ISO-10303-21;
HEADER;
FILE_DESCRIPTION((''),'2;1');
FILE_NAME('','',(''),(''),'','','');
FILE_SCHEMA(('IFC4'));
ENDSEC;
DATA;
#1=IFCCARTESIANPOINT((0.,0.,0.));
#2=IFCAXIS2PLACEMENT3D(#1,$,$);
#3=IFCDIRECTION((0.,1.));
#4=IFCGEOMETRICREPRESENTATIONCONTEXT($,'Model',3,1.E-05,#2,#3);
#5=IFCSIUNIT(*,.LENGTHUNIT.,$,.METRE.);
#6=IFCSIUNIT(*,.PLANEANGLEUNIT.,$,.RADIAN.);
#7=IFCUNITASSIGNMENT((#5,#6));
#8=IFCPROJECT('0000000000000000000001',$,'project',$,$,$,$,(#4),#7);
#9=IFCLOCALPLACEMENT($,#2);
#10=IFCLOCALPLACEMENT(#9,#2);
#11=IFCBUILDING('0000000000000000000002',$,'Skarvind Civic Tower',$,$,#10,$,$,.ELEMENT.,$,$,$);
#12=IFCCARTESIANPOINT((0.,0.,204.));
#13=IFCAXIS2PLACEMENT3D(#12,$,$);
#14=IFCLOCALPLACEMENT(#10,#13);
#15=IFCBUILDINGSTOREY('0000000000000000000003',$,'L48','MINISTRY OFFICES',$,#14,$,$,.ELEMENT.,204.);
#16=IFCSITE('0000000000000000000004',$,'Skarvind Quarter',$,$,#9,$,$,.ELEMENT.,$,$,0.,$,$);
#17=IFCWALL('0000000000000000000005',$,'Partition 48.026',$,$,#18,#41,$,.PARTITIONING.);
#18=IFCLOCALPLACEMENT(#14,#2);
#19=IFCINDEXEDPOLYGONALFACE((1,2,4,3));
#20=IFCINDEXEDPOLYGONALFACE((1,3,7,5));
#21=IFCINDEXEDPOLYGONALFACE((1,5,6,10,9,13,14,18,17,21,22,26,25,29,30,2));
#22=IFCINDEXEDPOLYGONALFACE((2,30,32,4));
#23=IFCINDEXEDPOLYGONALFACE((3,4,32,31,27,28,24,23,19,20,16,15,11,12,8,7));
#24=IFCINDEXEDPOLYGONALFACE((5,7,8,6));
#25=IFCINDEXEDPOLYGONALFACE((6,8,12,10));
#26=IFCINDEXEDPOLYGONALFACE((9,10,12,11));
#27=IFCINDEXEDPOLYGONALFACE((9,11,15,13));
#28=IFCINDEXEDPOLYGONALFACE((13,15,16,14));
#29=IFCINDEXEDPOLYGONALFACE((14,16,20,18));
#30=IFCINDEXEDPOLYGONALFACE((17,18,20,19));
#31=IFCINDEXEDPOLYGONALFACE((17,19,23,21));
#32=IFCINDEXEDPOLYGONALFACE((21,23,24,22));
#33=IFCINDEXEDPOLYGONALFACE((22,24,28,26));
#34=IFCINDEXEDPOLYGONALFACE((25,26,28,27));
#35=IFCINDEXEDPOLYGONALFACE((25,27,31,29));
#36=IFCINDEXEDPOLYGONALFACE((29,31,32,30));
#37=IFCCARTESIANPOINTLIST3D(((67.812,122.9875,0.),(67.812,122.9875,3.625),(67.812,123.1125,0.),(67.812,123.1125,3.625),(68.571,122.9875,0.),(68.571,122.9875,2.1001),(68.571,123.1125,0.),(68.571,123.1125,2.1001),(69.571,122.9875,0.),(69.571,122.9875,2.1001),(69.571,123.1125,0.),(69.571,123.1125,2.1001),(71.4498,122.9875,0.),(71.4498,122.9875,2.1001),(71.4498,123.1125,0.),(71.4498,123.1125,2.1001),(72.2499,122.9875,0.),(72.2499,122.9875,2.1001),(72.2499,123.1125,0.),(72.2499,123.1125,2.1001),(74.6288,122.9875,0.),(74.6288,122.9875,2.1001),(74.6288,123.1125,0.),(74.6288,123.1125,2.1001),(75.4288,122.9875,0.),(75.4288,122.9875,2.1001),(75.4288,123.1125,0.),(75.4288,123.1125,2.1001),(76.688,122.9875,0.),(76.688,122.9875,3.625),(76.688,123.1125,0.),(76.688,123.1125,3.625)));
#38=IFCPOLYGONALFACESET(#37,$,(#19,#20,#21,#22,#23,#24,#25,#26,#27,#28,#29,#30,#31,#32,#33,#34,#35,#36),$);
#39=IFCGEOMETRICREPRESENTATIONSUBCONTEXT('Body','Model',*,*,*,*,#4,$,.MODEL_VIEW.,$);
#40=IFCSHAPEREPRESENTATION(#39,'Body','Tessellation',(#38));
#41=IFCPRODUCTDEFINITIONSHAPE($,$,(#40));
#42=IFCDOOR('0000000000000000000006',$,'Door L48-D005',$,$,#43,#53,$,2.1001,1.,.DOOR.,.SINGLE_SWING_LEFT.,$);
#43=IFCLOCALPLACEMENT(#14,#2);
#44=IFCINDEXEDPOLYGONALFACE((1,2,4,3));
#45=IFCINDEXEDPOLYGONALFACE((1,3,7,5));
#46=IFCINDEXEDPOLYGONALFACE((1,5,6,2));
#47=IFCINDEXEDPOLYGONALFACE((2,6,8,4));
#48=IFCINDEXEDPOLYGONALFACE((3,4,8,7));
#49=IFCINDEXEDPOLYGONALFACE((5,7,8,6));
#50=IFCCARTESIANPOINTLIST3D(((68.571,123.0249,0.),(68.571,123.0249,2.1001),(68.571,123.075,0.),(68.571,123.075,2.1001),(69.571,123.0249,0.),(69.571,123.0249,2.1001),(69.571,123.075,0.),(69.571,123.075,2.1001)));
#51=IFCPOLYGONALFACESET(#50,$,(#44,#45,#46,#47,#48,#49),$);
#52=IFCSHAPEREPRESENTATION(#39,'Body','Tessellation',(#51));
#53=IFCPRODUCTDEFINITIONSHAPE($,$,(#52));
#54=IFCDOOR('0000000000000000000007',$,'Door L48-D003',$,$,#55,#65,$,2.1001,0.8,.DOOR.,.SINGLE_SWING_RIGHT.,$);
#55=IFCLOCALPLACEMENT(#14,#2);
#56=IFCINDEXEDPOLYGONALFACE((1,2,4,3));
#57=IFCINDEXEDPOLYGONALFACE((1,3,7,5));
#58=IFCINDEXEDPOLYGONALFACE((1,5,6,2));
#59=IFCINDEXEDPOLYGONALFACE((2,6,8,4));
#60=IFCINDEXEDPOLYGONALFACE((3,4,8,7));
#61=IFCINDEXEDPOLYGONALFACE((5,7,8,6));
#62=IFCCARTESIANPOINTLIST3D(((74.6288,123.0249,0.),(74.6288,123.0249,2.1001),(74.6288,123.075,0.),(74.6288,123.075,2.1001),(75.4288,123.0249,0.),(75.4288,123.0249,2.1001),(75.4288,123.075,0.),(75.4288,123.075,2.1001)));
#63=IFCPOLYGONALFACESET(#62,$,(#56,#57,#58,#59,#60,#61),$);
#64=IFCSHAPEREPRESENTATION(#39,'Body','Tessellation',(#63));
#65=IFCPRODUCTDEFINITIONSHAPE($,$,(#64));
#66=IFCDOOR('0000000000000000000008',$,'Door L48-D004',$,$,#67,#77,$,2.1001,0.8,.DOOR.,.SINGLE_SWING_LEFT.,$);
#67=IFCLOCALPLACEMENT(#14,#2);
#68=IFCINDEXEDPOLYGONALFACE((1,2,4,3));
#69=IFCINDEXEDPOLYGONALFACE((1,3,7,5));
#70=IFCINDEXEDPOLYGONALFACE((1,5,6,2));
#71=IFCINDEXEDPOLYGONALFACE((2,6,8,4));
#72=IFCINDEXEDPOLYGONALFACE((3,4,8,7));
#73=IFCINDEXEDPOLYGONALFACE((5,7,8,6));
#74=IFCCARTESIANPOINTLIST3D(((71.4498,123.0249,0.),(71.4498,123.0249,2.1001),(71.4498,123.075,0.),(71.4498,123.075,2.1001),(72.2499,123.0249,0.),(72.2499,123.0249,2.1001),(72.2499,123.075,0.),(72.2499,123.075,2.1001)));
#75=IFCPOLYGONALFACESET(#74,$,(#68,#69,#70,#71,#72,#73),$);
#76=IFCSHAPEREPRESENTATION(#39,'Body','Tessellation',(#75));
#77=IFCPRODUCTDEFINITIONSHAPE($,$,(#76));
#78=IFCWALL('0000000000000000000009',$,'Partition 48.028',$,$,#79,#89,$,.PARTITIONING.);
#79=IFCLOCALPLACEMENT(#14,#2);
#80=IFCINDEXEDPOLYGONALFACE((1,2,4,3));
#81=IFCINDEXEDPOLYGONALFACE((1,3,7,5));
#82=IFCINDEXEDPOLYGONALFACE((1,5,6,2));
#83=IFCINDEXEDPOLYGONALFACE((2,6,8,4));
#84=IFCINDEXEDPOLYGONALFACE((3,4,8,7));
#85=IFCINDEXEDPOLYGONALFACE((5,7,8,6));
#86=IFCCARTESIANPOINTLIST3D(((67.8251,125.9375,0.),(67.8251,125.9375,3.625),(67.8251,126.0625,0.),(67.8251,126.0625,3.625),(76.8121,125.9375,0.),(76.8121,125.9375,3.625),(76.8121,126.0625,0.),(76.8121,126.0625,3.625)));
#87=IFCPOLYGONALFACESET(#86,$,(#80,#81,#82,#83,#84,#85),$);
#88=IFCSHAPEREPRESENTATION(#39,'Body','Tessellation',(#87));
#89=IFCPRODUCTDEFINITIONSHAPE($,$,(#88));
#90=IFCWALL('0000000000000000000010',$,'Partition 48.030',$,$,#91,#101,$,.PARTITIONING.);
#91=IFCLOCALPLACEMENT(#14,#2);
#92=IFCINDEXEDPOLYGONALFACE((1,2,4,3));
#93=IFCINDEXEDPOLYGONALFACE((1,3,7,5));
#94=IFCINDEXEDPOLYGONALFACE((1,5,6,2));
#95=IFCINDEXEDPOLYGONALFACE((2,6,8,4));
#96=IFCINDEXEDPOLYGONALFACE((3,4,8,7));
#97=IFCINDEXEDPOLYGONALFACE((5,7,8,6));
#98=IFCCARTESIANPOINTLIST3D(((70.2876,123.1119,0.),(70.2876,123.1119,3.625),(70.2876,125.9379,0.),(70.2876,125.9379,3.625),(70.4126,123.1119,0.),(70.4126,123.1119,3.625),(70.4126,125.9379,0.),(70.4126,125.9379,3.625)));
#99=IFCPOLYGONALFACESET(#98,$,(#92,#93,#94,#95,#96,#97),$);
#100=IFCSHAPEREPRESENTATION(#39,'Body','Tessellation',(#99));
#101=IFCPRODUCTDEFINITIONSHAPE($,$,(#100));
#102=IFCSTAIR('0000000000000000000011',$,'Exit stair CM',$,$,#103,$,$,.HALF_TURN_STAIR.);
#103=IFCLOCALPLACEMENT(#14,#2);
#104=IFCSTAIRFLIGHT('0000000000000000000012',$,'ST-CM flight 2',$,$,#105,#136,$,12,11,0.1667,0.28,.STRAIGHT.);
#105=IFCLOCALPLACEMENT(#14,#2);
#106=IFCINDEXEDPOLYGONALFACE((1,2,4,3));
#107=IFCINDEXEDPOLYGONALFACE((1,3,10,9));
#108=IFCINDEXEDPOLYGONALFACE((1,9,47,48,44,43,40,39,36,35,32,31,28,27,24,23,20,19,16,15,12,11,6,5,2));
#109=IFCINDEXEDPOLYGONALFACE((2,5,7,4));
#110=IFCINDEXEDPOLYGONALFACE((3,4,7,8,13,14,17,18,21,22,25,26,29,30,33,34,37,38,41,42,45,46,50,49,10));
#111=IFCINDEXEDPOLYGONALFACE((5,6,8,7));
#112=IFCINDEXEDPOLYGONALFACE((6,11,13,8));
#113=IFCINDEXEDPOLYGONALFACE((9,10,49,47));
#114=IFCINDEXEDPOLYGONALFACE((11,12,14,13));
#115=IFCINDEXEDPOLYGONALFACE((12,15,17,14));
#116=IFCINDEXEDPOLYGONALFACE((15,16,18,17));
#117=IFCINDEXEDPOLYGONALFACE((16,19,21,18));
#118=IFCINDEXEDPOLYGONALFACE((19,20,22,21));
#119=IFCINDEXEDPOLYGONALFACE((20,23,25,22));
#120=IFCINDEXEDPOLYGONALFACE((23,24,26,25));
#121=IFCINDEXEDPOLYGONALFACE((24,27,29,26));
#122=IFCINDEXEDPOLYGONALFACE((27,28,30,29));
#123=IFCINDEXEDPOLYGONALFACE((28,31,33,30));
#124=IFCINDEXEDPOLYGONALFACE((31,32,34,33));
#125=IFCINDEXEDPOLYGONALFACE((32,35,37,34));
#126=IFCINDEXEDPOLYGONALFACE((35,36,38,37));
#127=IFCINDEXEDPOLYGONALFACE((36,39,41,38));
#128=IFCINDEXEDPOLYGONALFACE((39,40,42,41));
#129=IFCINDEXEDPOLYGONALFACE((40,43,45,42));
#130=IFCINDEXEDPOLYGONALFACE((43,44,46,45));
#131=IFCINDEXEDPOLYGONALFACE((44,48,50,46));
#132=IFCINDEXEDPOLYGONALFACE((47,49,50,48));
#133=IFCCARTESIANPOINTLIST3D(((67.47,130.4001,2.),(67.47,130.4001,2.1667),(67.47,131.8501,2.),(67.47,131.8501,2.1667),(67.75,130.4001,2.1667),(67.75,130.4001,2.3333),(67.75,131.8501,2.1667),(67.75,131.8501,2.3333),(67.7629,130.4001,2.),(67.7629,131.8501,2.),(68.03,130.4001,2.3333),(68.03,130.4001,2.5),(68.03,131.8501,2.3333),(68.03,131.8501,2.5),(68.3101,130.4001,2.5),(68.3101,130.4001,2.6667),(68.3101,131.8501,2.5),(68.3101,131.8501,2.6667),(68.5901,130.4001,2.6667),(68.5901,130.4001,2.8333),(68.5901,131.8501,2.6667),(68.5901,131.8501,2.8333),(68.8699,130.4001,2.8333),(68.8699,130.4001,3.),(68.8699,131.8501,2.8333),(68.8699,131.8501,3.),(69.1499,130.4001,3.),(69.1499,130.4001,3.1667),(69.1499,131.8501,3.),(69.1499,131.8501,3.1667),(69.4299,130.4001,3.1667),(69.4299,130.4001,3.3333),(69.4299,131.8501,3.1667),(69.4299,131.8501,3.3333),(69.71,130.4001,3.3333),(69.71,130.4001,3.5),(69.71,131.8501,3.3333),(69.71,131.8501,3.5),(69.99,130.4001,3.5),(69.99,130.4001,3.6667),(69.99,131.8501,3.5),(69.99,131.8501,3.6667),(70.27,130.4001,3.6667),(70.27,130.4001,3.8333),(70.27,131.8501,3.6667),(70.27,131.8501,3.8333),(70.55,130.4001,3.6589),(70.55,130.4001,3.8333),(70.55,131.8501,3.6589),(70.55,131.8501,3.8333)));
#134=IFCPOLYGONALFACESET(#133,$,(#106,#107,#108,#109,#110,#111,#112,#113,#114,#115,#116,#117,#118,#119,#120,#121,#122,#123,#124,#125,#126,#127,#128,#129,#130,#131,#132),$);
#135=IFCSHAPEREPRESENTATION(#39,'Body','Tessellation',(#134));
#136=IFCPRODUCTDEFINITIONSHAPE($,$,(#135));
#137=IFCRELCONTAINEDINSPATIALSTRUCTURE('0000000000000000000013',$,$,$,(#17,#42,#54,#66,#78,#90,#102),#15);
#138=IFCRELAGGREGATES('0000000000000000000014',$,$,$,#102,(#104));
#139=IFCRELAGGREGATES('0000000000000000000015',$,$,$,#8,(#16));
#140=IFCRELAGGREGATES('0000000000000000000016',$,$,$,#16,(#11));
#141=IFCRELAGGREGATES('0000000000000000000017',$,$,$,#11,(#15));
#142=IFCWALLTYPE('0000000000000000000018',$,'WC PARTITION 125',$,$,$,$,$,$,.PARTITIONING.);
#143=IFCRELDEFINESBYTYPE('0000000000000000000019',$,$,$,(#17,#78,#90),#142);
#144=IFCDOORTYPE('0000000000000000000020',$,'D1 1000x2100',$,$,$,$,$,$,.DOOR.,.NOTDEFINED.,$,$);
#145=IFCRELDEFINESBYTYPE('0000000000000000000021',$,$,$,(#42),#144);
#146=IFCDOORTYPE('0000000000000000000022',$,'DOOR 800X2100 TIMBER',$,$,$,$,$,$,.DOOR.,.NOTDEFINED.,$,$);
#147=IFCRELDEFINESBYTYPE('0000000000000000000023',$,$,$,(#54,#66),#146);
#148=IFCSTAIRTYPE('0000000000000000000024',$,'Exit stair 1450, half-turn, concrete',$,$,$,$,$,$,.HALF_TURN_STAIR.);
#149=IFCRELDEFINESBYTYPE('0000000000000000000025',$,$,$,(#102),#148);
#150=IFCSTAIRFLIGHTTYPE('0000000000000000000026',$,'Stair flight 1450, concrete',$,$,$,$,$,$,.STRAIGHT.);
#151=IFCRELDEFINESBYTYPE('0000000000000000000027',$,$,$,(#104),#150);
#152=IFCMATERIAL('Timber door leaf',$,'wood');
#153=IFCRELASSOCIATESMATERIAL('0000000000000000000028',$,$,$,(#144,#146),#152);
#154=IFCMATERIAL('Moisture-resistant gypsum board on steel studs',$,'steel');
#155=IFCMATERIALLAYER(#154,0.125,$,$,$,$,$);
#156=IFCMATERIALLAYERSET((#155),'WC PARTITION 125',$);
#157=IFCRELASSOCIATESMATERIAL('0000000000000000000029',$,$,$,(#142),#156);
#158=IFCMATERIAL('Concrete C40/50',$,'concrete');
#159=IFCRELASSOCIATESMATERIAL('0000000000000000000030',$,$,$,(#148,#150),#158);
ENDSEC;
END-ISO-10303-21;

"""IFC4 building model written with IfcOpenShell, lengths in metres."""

from ifc_helpers import new_model, si_unit, direction, frame, frame_2d, origin, place, context, subcontext, project, spatial, polyline, rectangle, outline, extrude, material, layer, layer_set, type_object, element, fill, aggregate, save


model = new_model("IFC4")

# Units and contexts
model_context = context("Model", 3, precision=1e-05, world=origin(), true_north=direction((0.0, 1.0)))
body_context = subcontext(model_context, "Body", "Model", "MODEL_VIEW")
ifc_project = project(units=[si_unit("LENGTHUNIT", "METRE"), si_unit("PLANEANGLEUNIT", "RADIAN")], contexts=[model_context])

# Site, building, storey
site_placement = place(None, origin())
site = spatial("IfcSite", under=ifc_project, at=site_placement, Name="Skarvind Quarter", CompositionType="ELEMENT", RefElevation=0.0)
building_placement = place(site_placement, origin())
building = spatial("IfcBuilding", under=site, at=building_placement, Name="Skarvind Civic Tower", CompositionType="ELEMENT")
storey_placement = place(building_placement, frame((0.0, 0.0, 204.0)))
storey = spatial("IfcBuildingStorey", under=building, at=storey_placement, Name="L48", Description="MINISTRY OFFICES", CompositionType="ELEMENT", Elevation=204.0)

# Shared definitions
ifc_material_1 = material(Name="Timber door leaf", Category="wood")
door_type_1 = type_object("IfcDoorType", Name="D1 1000x2100", OperationType="NOTDEFINED", PredefinedType="DOOR", material=ifc_material_1)

# Shared definitions
ifc_material_2 = material(Name="Moisture-resistant gypsum board on steel studs", Category="steel")
ifc_layer_1 = layer(ifc_material_2, 0.125)
ifc_layer_set_1 = layer_set([ifc_layer_1], Name="WC PARTITION 125")
wall_type_1 = type_object("IfcWallType", Name="WC PARTITION 125", PredefinedType="PARTITIONING", material=ifc_layer_set_1)

# Wall, openings, doors
wall_1_placement = place(storey_placement, frame((67.812, 123.05, 0.0), z_axis=(0.0, 0.0, 1.0), x_axis=(1.0, 0.0, 0.0)))
wall_1 = element("IfcWall", 1, at=wall_1_placement, inside=storey, type_object=wall_type_1, Name="Partition 48.026", PredefinedType="PARTITIONING", context=body_context, shape_type="SweptSolid", body=[
    extrude(rectangle(XDim=8.876, YDim=0.125, at=frame_2d((4.438, 0.0))), origin(), (0.0, 0.0, 1.0), 3.625),
])
opening_1_placement = place(wall_1_placement, frame((6.8169, 0.0, 0.0)))
opening_1 = element("IfcOpeningElement", 2, at=opening_1_placement, cuts=wall_1, PredefinedType="OPENING", context=body_context, shape_type="SweptSolid", body=[
    extrude(rectangle(XDim=0.8, YDim=2.1001, at=frame_2d((0.3999, 1.05))), frame((0.0, 0.0725, 0.0), z_axis=(0.0, -1.0, 0.0), x_axis=(1.0, 0.0, 0.0)), (0.0, 0.0, 1.0), 0.145),
])
opening_2_placement = place(wall_1_placement, frame((3.6379, 0.0, 0.0)))
opening_2 = element("IfcOpeningElement", 3, at=opening_2_placement, cuts=wall_1, PredefinedType="OPENING", context=body_context, shape_type="SweptSolid", body=[
    extrude(rectangle(XDim=0.8, YDim=2.1001, at=frame_2d((0.3999, 1.05))), frame((0.0, 0.0725, 0.0), z_axis=(0.0, -1.0, 0.0), x_axis=(1.0, 0.0, 0.0)), (0.0, 0.0, 1.0), 0.145),
])
opening_3_placement = place(wall_1_placement, frame((0.759, 0.0, 0.0)))
opening_3 = element("IfcOpeningElement", 4, at=opening_3_placement, cuts=wall_1, PredefinedType="OPENING", context=body_context, shape_type="SweptSolid", body=[
    extrude(rectangle(XDim=1.0, YDim=2.1001, at=frame_2d((0.5, 1.05))), frame((0.0, 0.0725, 0.0), z_axis=(0.0, -1.0, 0.0), x_axis=(1.0, 0.0, 0.0)), (0.0, 0.0, 1.0), 0.145),
])
door_1_placement = place(opening_3_placement, origin())
door_1 = element("IfcDoor", 5, at=door_1_placement, inside=storey, type_object=door_type_1, Name="Door L48-D005", OperationType="SINGLE_SWING_LEFT", OverallHeight=2.1001, OverallWidth=1.0, PredefinedType="DOOR", context=body_context, shape_type="SweptSolid", body=[
    extrude(rectangle(XDim=1.0, YDim=2.1001, at=frame_2d((0.5, 1.05))), frame((0.0, 0.0249, 0.0), z_axis=(0.0, -1.0, 0.0), x_axis=(1.0, 0.0, 0.0)), (0.0, 0.0, 1.0), 0.05),
])
fill(opening_3, door_1)
door_type_2 = type_object("IfcDoorType", Name="DOOR 800X2100 TIMBER", OperationType="NOTDEFINED", PredefinedType="DOOR", material=ifc_material_1)
door_2_placement = place(opening_1_placement, origin())
door_2 = element("IfcDoor", 6, at=door_2_placement, inside=storey, type_object=door_type_2, Name="Door L48-D003", OperationType="SINGLE_SWING_RIGHT", OverallHeight=2.1001, OverallWidth=0.8, PredefinedType="DOOR", context=body_context, shape_type="SweptSolid", body=[
    extrude(rectangle(XDim=0.8, YDim=2.1001, at=frame_2d((0.3999, 1.05))), frame((0.0, 0.0249, 0.0), z_axis=(0.0, -1.0, 0.0), x_axis=(1.0, 0.0, 0.0)), (0.0, 0.0, 1.0), 0.05),
])
fill(opening_1, door_2)
door_3_placement = place(opening_2_placement, origin())
door_3 = element("IfcDoor", 7, at=door_3_placement, inside=storey, type_object=door_type_2, Name="Door L48-D004", OperationType="SINGLE_SWING_LEFT", OverallHeight=2.1001, OverallWidth=0.8, PredefinedType="DOOR", context=body_context, shape_type="SweptSolid", body=[
    extrude(rectangle(XDim=0.8, YDim=2.1001, at=frame_2d((0.3999, 1.05))), frame((0.0, 0.0249, 0.0), z_axis=(0.0, -1.0, 0.0), x_axis=(1.0, 0.0, 0.0)), (0.0, 0.0, 1.0), 0.05),
])
fill(opening_2, door_3)

# Walls
wall_2_placement = place(storey_placement, frame((67.825, 126.0, 0.0), z_axis=(0.0, 0.0, 1.0), x_axis=(1.0, 0.0, 0.0)))
element("IfcWall", 8, at=wall_2_placement, inside=storey, type_object=wall_type_1, Name="Partition 48.028", PredefinedType="PARTITIONING", context=body_context, shape_type="SweptSolid", body=[
    extrude(rectangle(XDim=8.9871, YDim=0.125, at=frame_2d((4.4937, 0.0))), origin(), (0.0, 0.0, 1.0), 3.625),
])
wall_3_placement = place(storey_placement, frame((70.3501, 125.938, 0.0), z_axis=(0.0, 0.0, 1.0), x_axis=(0.0, -1.0, 0.0)))
element("IfcWall", 9, at=wall_3_placement, inside=storey, type_object=wall_type_1, Name="Partition 48.030", PredefinedType="PARTITIONING", context=body_context, shape_type="SweptSolid", body=[
    extrude(rectangle(XDim=2.8259, YDim=0.125, at=frame_2d((1.4131, 0.0))), origin(), (0.0, 0.0, 1.0), 3.625),
])

# Stair, stair flight
ifc_material_3 = material(Name="Concrete C40/50", Category="concrete")
stair_type = type_object("IfcStairType", Name="Exit stair 1450, half-turn, concrete", PredefinedType="HALF_TURN_STAIR", material=ifc_material_3)
stair_placement = place(storey_placement, origin())
stair = element("IfcStair", 10, at=stair_placement, inside=storey, type_object=stair_type, Name="Exit stair CM", PredefinedType="HALF_TURN_STAIR")
stair_flight_type = type_object("IfcStairFlightType", Name="Stair flight 1450, concrete", PredefinedType="STRAIGHT", material=ifc_material_3)
stair_flight_placement = place(storey_placement, frame((67.47, 131.125, 2.0), z_axis=(0.0, 0.0, 1.0), x_axis=(1.0, 0.0, 0.0)))
stair_flight = element("IfcStairFlight", 11, at=stair_flight_placement, type_object=stair_flight_type, Name="ST-CM flight 2", NumberOfRisers=12, NumberOfTreads=11, PredefinedType="STRAIGHT", RiserHeight=0.1667, TreadLength=0.28, context=body_context, shape_type="SweptSolid", body=[
    extrude(outline(polyline([(0.0, 0.0), (0.0, 0.1667), (0.28, 0.1667), (0.28, 0.3333), (0.5601, 0.3333), (0.5601, 0.5), (0.8401, 0.5), (0.8401, 0.6667), (1.1201, 0.6667), (1.1201, 0.8333), (1.3999, 0.8333), (1.3999, 1.0), (1.6799, 1.0), (1.6799, 1.1667), (1.96, 1.1667), (1.96, 1.3333), (2.24, 1.3333), (2.24, 1.5), (2.52, 1.5), (2.52, 1.6667), (2.8, 1.6667), (2.8, 1.8333), (3.0801, 1.8333), (3.0801, 2.0), (3.0801, 1.6589), (0.293, 0.0), (0.0, 0.0)])), frame((0.0, 0.7251, 0.0), z_axis=(0.0, -1.0, 0.0), x_axis=(1.0, 0.0, 0.0)), (0.0, 0.0, 1.0), 1.45),
])
aggregate(stair, [stair_flight])

save(model, "model.ifc")
